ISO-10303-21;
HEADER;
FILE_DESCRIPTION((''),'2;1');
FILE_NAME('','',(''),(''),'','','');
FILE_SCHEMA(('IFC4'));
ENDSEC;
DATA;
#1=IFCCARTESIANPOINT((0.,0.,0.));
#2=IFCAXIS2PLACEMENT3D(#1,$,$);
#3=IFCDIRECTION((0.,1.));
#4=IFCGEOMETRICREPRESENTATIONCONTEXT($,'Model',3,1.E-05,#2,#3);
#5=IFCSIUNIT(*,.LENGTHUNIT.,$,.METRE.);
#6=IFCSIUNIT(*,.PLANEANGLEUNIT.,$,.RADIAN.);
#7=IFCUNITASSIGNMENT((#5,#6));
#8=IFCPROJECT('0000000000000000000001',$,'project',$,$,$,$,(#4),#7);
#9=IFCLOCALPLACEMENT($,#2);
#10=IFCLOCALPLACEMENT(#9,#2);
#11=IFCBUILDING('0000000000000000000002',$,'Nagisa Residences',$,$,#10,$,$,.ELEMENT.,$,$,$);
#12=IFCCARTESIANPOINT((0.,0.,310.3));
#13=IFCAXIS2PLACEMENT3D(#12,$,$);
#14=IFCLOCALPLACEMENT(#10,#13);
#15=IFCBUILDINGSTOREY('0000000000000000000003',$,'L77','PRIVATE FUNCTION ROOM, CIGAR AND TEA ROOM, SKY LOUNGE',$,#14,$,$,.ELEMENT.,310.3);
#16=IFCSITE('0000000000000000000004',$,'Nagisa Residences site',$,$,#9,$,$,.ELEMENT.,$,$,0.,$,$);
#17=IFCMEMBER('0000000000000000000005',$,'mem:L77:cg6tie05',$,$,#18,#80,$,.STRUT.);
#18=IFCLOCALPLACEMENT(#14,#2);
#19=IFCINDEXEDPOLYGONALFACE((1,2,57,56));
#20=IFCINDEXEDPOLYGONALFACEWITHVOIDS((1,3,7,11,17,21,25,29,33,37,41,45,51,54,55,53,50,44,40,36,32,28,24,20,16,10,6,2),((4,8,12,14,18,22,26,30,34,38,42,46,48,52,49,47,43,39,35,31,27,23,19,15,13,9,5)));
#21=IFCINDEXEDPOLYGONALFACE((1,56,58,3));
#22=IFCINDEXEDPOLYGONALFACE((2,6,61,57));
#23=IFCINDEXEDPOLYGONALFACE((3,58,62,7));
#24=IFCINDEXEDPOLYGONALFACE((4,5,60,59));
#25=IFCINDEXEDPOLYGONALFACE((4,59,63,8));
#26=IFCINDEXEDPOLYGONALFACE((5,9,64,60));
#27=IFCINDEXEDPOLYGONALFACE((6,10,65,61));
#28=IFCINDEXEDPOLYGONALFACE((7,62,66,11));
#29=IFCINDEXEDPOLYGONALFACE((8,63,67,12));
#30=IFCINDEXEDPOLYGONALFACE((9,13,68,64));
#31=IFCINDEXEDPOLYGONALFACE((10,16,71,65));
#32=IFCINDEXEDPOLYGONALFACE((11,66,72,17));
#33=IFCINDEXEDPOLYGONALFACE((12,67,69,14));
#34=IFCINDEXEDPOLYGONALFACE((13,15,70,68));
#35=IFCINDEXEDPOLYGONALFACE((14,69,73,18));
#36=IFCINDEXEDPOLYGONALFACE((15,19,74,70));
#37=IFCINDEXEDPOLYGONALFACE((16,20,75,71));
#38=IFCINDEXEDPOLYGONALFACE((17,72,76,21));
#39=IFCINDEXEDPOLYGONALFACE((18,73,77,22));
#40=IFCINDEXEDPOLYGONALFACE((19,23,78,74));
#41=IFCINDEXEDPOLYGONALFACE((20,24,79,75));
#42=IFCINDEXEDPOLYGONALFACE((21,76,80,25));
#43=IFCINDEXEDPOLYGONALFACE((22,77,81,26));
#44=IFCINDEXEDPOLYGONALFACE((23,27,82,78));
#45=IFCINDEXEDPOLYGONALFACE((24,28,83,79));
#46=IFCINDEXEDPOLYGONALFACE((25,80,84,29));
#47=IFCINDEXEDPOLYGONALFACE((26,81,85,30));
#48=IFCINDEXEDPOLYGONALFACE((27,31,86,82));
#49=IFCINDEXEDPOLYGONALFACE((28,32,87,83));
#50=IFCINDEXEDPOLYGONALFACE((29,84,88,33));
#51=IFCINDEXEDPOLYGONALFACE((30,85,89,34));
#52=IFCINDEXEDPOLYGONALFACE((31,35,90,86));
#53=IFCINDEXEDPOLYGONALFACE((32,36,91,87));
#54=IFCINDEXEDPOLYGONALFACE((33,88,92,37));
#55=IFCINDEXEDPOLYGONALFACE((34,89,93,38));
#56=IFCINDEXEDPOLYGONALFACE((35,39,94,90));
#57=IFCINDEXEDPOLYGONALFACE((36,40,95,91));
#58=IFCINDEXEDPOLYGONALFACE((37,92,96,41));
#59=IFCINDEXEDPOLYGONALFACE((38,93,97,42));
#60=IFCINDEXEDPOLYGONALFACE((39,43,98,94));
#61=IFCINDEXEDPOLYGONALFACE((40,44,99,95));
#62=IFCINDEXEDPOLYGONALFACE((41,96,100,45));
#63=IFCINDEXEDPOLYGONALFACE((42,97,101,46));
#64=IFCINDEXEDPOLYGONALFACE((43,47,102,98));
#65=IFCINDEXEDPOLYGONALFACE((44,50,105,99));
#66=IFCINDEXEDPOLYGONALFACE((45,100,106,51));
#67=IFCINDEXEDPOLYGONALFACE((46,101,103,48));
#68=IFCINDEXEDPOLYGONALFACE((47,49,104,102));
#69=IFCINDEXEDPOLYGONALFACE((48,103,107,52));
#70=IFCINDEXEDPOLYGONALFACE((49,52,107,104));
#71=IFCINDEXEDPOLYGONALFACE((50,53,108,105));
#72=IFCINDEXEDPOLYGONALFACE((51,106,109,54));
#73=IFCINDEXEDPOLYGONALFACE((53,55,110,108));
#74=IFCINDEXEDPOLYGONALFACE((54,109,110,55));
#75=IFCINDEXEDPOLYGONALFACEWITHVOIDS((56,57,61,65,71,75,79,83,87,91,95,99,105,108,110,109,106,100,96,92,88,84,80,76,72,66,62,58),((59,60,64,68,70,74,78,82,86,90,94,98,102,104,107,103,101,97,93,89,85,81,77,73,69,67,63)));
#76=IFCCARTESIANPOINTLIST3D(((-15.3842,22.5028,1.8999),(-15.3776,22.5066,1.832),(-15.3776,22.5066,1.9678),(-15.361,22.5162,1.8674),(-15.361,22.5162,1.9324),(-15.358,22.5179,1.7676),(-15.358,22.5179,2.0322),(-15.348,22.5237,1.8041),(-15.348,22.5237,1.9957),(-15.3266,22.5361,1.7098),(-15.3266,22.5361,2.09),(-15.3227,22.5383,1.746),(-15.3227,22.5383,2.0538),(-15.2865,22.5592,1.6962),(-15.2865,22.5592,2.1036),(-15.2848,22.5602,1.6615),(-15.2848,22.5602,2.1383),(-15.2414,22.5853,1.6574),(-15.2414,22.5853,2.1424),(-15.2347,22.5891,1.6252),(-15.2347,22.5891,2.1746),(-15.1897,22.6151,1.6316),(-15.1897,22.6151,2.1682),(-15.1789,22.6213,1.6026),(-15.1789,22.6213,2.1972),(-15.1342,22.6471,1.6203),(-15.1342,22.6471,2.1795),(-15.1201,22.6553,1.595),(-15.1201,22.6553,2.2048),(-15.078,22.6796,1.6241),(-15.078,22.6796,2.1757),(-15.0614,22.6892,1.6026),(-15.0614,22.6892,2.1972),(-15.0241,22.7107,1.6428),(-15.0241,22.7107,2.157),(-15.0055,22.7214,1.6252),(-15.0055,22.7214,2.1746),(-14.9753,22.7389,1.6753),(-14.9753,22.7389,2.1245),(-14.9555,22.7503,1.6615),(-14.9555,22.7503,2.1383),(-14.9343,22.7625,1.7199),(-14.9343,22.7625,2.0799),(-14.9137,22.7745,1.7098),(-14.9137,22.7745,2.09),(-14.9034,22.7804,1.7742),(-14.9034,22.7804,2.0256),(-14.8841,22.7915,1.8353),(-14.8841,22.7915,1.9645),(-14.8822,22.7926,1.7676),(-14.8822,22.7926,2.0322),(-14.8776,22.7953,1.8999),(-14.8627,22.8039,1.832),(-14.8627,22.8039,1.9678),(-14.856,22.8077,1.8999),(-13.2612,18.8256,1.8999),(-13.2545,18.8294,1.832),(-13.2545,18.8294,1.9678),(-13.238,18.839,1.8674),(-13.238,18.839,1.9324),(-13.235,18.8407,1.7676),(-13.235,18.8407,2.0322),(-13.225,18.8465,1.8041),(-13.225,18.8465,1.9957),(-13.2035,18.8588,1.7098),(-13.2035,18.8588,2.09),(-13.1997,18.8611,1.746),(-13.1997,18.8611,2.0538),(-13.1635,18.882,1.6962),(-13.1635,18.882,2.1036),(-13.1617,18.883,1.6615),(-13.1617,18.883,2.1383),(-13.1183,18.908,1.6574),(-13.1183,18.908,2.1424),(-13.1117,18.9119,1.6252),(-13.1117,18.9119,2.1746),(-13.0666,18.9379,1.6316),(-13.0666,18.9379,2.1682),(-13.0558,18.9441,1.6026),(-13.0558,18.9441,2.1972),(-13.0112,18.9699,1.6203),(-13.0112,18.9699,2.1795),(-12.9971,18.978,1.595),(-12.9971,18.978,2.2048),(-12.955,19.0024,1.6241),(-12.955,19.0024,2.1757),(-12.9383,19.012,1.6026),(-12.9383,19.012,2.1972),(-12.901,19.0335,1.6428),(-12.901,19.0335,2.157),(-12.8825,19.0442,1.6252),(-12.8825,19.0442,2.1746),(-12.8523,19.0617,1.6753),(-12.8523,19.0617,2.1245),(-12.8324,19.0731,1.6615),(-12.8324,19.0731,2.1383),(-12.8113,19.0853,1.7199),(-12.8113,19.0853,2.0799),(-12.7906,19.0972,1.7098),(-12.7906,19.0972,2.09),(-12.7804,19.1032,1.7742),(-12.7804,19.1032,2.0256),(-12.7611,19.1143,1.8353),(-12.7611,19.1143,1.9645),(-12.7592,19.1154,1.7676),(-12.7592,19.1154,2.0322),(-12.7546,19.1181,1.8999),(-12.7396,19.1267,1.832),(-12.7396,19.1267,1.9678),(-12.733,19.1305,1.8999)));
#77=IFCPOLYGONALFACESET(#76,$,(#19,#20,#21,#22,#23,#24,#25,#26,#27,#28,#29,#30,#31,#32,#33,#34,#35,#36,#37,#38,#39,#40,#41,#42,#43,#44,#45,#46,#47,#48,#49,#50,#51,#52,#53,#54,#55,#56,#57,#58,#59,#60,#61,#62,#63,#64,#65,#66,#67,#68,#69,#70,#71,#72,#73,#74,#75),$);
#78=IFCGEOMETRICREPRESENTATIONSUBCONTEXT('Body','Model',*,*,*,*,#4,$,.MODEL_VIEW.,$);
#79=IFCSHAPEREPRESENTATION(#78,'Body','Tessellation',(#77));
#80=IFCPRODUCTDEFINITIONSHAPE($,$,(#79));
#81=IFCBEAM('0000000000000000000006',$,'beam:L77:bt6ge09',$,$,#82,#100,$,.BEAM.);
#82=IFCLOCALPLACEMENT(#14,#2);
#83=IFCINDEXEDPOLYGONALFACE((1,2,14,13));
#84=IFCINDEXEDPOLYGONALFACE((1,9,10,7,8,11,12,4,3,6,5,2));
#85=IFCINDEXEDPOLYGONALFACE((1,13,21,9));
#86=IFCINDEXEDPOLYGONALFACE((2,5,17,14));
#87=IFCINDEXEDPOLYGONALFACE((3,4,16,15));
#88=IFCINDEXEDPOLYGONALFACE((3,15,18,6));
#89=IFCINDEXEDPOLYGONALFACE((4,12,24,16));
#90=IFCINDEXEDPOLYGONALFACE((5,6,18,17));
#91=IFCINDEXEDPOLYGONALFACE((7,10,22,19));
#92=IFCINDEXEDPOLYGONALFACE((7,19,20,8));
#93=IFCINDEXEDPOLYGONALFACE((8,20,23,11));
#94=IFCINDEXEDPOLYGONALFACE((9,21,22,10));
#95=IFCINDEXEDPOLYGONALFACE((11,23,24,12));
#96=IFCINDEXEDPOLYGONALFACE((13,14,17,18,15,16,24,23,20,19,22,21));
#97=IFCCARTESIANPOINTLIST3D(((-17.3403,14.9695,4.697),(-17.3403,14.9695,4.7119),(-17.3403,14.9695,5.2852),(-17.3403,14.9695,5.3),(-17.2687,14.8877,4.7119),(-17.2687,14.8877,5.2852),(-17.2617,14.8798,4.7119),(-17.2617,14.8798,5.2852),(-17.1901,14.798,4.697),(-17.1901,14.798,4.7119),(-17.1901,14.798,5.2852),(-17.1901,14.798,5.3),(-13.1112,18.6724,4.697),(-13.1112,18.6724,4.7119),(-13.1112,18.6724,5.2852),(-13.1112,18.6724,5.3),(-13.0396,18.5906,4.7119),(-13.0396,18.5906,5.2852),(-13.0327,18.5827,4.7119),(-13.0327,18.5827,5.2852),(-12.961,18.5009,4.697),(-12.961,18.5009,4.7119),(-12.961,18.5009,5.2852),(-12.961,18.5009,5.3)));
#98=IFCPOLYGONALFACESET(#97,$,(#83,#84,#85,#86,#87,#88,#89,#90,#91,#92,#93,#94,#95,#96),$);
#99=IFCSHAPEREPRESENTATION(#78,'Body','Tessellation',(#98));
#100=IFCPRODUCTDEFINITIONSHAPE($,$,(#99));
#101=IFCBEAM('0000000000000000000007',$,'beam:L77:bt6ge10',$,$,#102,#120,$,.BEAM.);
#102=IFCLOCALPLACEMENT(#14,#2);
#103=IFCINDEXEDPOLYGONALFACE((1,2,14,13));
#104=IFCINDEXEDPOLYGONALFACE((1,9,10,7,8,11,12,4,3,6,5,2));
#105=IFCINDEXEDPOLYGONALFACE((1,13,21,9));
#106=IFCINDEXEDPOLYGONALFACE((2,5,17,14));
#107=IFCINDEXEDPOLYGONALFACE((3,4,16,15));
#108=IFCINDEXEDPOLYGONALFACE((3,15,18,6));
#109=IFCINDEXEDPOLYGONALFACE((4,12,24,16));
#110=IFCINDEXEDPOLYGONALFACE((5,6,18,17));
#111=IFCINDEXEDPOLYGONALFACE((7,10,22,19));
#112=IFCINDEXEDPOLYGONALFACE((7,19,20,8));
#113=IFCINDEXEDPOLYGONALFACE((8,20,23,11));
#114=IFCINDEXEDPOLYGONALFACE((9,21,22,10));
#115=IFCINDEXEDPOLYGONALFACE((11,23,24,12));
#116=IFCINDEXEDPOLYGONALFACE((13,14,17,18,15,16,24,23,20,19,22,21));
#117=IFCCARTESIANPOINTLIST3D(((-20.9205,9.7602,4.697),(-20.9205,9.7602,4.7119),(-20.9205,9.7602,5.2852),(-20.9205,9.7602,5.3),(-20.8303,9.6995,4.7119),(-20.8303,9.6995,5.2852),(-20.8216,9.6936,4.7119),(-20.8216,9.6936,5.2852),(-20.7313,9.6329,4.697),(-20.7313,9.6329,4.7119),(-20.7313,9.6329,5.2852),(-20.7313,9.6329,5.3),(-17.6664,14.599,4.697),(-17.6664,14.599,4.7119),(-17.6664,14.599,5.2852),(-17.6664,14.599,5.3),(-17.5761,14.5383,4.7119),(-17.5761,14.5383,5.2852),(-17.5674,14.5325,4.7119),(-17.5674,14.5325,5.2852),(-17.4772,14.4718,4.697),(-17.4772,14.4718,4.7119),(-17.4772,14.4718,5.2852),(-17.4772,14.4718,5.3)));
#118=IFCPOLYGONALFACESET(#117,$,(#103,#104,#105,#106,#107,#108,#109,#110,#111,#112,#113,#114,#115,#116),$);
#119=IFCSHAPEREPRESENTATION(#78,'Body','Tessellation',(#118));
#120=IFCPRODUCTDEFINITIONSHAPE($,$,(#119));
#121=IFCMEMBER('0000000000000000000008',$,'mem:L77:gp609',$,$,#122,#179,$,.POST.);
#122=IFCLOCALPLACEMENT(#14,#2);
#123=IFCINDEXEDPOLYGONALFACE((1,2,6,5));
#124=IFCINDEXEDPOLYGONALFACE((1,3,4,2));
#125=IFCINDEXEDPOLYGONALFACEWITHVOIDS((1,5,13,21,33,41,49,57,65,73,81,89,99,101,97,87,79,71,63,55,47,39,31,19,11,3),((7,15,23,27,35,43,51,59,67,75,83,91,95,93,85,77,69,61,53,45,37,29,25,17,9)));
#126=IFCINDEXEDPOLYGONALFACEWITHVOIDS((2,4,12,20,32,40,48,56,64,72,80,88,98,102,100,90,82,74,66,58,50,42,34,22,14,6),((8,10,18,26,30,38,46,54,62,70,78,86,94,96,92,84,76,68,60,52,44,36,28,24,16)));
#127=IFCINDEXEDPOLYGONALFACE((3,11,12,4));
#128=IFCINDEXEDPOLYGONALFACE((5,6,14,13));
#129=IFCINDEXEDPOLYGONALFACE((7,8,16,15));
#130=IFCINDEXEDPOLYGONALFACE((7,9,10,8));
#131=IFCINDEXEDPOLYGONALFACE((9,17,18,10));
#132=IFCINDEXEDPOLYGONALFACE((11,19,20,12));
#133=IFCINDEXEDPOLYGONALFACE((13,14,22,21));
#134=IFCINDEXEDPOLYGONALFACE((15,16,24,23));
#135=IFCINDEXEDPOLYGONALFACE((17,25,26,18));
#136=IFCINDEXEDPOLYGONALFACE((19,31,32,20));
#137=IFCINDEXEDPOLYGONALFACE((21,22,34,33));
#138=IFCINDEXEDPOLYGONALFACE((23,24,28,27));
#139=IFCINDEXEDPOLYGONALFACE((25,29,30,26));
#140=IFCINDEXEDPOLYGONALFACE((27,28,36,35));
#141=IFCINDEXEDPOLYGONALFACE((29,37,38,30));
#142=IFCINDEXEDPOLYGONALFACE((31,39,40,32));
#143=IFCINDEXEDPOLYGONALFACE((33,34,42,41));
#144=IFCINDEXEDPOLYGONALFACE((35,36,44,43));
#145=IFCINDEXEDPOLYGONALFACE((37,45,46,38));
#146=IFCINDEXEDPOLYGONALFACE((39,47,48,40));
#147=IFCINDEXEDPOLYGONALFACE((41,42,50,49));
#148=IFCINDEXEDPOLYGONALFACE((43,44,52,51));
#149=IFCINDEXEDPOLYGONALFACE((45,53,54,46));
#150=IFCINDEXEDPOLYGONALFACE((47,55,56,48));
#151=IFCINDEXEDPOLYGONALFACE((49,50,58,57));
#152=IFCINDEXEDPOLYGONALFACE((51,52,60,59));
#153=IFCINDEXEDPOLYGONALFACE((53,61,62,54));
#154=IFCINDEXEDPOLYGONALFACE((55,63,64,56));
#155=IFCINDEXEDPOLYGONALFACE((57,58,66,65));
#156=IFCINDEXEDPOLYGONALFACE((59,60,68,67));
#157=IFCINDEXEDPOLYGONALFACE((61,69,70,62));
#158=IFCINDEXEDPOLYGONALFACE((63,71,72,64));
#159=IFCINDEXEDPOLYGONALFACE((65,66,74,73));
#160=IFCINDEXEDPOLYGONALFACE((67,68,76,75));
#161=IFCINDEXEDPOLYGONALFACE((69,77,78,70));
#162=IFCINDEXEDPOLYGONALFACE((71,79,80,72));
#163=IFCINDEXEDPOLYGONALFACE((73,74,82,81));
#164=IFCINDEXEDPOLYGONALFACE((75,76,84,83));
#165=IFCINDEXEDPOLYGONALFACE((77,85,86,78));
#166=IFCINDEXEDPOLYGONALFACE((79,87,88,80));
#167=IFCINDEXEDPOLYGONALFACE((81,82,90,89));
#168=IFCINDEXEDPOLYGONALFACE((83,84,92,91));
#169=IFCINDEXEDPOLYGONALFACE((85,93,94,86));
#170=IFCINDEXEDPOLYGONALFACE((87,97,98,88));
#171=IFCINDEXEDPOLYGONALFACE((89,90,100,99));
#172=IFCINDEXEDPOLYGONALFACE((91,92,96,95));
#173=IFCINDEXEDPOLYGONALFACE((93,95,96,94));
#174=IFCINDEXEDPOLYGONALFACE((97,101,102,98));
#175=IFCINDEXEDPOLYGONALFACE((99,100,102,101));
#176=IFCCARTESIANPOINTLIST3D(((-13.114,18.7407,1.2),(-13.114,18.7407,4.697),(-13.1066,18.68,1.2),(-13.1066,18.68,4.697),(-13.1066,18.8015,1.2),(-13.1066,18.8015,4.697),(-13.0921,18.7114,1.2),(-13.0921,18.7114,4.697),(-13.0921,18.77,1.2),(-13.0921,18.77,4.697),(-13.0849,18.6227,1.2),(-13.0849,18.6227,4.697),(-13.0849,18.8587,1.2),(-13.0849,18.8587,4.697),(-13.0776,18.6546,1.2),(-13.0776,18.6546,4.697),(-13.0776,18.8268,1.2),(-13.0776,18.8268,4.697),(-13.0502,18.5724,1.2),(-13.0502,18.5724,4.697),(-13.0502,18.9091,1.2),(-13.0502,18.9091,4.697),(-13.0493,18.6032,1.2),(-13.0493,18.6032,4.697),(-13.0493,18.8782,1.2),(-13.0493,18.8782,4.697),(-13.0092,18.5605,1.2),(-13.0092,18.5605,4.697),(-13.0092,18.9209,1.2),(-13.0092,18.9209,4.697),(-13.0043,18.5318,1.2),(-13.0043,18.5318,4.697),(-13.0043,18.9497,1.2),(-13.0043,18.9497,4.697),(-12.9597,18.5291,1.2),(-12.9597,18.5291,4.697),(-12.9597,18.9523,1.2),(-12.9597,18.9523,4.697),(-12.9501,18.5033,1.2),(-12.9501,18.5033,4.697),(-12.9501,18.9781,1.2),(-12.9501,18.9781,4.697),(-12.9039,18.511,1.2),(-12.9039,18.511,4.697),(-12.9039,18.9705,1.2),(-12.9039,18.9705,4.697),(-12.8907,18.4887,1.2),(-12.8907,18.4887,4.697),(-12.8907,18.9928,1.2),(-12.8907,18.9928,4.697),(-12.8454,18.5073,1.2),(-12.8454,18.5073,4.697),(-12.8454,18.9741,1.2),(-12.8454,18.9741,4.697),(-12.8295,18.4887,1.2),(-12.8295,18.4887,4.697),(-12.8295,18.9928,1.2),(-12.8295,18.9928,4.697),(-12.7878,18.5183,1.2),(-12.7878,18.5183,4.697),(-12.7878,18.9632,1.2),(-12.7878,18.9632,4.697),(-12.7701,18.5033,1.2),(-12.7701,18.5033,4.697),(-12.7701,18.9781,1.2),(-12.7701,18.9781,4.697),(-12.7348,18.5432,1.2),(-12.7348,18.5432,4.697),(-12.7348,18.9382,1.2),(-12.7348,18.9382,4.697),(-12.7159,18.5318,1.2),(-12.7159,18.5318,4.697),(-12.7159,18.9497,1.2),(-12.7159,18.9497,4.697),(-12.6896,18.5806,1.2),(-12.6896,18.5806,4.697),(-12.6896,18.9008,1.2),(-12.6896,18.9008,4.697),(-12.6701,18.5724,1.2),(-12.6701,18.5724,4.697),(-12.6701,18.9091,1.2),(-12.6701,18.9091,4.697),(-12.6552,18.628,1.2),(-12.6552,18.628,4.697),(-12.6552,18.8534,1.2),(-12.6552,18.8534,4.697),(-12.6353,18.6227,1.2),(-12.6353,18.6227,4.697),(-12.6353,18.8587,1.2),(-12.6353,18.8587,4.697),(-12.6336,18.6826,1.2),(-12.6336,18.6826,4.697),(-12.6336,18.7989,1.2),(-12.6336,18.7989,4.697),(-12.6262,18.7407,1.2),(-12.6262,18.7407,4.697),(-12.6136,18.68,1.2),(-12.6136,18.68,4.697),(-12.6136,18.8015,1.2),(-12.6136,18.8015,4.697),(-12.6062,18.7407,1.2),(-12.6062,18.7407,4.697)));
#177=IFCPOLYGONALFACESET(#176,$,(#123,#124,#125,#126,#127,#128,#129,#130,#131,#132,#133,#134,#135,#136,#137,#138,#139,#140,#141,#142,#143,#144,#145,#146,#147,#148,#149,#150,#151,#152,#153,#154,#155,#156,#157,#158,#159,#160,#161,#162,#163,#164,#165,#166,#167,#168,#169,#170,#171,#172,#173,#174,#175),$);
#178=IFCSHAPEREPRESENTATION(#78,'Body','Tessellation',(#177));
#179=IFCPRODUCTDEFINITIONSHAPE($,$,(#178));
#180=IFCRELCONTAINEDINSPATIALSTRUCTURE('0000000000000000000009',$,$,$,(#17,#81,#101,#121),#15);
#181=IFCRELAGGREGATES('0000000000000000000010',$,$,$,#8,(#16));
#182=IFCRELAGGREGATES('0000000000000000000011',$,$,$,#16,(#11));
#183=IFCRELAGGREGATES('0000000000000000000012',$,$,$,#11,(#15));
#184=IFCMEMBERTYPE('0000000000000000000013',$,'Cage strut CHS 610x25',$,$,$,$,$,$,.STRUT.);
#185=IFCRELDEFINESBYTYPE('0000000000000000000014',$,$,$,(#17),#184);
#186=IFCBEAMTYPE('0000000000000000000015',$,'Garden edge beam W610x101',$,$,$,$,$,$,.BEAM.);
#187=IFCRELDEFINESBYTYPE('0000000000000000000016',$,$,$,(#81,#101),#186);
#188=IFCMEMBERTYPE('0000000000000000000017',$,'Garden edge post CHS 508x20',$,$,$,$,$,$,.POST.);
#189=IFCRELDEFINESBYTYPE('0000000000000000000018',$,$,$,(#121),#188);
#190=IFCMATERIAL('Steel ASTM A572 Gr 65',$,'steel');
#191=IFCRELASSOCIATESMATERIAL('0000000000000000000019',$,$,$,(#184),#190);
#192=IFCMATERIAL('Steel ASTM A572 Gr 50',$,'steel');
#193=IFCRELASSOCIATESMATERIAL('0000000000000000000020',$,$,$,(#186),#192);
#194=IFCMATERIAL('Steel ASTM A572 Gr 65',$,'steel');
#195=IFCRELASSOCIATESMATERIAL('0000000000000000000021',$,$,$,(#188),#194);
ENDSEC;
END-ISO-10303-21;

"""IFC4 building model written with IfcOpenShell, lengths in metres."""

from ifc_helpers import new_model, si_unit, direction, frame, origin, origin_2d, place, context, subcontext, project, spatial, hollow_circle, i_section, extrude, material, material_profile, profile_set, type_object, element, save


model = new_model("IFC4")

# Units and contexts
model_context = context("Model", 3, precision=1e-05, world=origin(), true_north=direction((0.0, 1.0)))
body_context = subcontext(model_context, "Body", "Model", "MODEL_VIEW")
ifc_project = project(units=[si_unit("LENGTHUNIT", "METRE"), si_unit("PLANEANGLEUNIT", "RADIAN")], contexts=[model_context])

# Site, building, storey
site_placement = place(None, origin())
site = spatial("IfcSite", under=ifc_project, at=site_placement, Name="Nagisa Residences site", CompositionType="ELEMENT", RefElevation=0.0)
building_placement = place(site_placement, origin())
building = spatial("IfcBuilding", under=site, at=building_placement, Name="Nagisa Residences", CompositionType="ELEMENT")
storey_placement = place(building_placement, frame((0.0, 0.0, 310.3)))
storey = spatial("IfcBuildingStorey", under=building, at=storey_placement, Name="L77", Description="PRIVATE FUNCTION ROOM, CIGAR AND TEA ROOM, SKY LOUNGE", CompositionType="ELEMENT", Elevation=310.3)

# Member
ifc_material_1 = material(Name="Steel ASTM A572 Gr 65", Category="steel")
ifc_material_profile_1 = material_profile(ifc_material_1, hollow_circle(Radius=0.3049, WallThickness=0.0249, at=origin_2d()), Name="CHS 610x25")
ifc_profile_set_1 = profile_set([ifc_material_profile_1], Name="Steel ASTM A572 Gr 65")
member_type_1 = type_object("IfcMemberType", Name="Cage strut CHS 610x25", PredefinedType="STRUT", material=ifc_profile_set_1)
member_1_placement = place(storey_placement, frame((-15.1201, 22.6553, 1.8999), z_axis=(0.499998, -0.866027, 0.0), x_axis=(0.866027, 0.499998, 0.0)))
element("IfcMember", 1, at=member_1_placement, inside=storey, type_object=member_type_1, Name="mem:L77:cg6tie05", PredefinedType="STRUT", context=body_context, shape_type="SweptSolid", body=[
    extrude(hollow_circle(Radius=0.3049, WallThickness=0.0249, at=origin_2d()), origin(), (0.0, 0.0, 1.0), 4.2461),
])

# Beams
ifc_material_2 = material(Name="Steel ASTM A572 Gr 50", Category="steel")
ifc_material_profile_2 = material_profile(ifc_material_2, i_section(OverallWidth=0.228, OverallDepth=0.603, WebThickness=0.0105, FlangeThickness=0.0149, at=origin_2d()), Name="W610x101")
ifc_profile_set_2 = profile_set([ifc_material_profile_2], Name="Steel ASTM A572 Gr 50")
beam_type_1 = type_object("IfcBeamType", Name="Garden edge beam W610x101", PredefinedType="BEAM", material=ifc_profile_set_2)
beam_1_placement = place(storey_placement, frame((-13.0361, 18.5867, 4.9985), z_axis=(-0.752356, -0.658757, 0.0), x_axis=(0.658757, -0.752356, 0.0)))
element("IfcBeam", 2, at=beam_1_placement, inside=storey, type_object=beam_type_1, Name="beam:L77:bt6ge09", PredefinedType="BEAM", context=body_context, shape_type="SweptSolid", body=[
    extrude(i_section(OverallWidth=0.228, OverallDepth=0.603, WebThickness=0.0105, FlangeThickness=0.0149, at=origin_2d()), origin(), (0.0, 0.0, 1.0), 5.6211),
])
beam_2_placement = place(storey_placement, frame((-17.5718, 14.5354, 4.9985), z_axis=(-0.558048, -0.829808, 0.0), x_axis=(0.829808, -0.558048, 0.0)))
element("IfcBeam", 3, at=beam_2_placement, inside=storey, type_object=beam_type_1, Name="beam:L77:bt6ge10", PredefinedType="BEAM", context=body_context, shape_type="SweptSolid", body=[
    extrude(i_section(OverallWidth=0.228, OverallDepth=0.603, WebThickness=0.0105, FlangeThickness=0.0149, at=origin_2d()), origin(), (0.0, 0.0, 1.0), 5.8313),
])

# Member
ifc_material_3 = material(Name="Steel ASTM A572 Gr 65", Category="steel")
ifc_material_profile_3 = material_profile(ifc_material_3, hollow_circle(Radius=0.2539, WallThickness=0.02, at=origin_2d()), Name="CHS 508x20")
ifc_profile_set_3 = profile_set([ifc_material_profile_3], Name="Steel ASTM A572 Gr 65")
member_type_2 = type_object("IfcMemberType", Name="Garden edge post CHS 508x20", PredefinedType="POST", material=ifc_profile_set_3)
for number, where, z_axis, x_axis, name in (
    (4, (-12.8601, 18.7407, 1.2), (0.0, 0.0, 1.0), (1.0, 0.0, 0.0), "mem:L77:gp609"),
):
    element("IfcMember", number, at=place(storey_placement, frame(where, z_axis=z_axis, x_axis=x_axis)), inside=storey, type_object=member_type_2, Name=name, PredefinedType="POST", context=body_context, shape_type="SweptSolid", body=[
        extrude(hollow_circle(Radius=0.2539, WallThickness=0.02, at=origin_2d()), origin(), (0.0, 0.0, 1.0), 3.4971),
    ])

save(model, "model.ifc")
